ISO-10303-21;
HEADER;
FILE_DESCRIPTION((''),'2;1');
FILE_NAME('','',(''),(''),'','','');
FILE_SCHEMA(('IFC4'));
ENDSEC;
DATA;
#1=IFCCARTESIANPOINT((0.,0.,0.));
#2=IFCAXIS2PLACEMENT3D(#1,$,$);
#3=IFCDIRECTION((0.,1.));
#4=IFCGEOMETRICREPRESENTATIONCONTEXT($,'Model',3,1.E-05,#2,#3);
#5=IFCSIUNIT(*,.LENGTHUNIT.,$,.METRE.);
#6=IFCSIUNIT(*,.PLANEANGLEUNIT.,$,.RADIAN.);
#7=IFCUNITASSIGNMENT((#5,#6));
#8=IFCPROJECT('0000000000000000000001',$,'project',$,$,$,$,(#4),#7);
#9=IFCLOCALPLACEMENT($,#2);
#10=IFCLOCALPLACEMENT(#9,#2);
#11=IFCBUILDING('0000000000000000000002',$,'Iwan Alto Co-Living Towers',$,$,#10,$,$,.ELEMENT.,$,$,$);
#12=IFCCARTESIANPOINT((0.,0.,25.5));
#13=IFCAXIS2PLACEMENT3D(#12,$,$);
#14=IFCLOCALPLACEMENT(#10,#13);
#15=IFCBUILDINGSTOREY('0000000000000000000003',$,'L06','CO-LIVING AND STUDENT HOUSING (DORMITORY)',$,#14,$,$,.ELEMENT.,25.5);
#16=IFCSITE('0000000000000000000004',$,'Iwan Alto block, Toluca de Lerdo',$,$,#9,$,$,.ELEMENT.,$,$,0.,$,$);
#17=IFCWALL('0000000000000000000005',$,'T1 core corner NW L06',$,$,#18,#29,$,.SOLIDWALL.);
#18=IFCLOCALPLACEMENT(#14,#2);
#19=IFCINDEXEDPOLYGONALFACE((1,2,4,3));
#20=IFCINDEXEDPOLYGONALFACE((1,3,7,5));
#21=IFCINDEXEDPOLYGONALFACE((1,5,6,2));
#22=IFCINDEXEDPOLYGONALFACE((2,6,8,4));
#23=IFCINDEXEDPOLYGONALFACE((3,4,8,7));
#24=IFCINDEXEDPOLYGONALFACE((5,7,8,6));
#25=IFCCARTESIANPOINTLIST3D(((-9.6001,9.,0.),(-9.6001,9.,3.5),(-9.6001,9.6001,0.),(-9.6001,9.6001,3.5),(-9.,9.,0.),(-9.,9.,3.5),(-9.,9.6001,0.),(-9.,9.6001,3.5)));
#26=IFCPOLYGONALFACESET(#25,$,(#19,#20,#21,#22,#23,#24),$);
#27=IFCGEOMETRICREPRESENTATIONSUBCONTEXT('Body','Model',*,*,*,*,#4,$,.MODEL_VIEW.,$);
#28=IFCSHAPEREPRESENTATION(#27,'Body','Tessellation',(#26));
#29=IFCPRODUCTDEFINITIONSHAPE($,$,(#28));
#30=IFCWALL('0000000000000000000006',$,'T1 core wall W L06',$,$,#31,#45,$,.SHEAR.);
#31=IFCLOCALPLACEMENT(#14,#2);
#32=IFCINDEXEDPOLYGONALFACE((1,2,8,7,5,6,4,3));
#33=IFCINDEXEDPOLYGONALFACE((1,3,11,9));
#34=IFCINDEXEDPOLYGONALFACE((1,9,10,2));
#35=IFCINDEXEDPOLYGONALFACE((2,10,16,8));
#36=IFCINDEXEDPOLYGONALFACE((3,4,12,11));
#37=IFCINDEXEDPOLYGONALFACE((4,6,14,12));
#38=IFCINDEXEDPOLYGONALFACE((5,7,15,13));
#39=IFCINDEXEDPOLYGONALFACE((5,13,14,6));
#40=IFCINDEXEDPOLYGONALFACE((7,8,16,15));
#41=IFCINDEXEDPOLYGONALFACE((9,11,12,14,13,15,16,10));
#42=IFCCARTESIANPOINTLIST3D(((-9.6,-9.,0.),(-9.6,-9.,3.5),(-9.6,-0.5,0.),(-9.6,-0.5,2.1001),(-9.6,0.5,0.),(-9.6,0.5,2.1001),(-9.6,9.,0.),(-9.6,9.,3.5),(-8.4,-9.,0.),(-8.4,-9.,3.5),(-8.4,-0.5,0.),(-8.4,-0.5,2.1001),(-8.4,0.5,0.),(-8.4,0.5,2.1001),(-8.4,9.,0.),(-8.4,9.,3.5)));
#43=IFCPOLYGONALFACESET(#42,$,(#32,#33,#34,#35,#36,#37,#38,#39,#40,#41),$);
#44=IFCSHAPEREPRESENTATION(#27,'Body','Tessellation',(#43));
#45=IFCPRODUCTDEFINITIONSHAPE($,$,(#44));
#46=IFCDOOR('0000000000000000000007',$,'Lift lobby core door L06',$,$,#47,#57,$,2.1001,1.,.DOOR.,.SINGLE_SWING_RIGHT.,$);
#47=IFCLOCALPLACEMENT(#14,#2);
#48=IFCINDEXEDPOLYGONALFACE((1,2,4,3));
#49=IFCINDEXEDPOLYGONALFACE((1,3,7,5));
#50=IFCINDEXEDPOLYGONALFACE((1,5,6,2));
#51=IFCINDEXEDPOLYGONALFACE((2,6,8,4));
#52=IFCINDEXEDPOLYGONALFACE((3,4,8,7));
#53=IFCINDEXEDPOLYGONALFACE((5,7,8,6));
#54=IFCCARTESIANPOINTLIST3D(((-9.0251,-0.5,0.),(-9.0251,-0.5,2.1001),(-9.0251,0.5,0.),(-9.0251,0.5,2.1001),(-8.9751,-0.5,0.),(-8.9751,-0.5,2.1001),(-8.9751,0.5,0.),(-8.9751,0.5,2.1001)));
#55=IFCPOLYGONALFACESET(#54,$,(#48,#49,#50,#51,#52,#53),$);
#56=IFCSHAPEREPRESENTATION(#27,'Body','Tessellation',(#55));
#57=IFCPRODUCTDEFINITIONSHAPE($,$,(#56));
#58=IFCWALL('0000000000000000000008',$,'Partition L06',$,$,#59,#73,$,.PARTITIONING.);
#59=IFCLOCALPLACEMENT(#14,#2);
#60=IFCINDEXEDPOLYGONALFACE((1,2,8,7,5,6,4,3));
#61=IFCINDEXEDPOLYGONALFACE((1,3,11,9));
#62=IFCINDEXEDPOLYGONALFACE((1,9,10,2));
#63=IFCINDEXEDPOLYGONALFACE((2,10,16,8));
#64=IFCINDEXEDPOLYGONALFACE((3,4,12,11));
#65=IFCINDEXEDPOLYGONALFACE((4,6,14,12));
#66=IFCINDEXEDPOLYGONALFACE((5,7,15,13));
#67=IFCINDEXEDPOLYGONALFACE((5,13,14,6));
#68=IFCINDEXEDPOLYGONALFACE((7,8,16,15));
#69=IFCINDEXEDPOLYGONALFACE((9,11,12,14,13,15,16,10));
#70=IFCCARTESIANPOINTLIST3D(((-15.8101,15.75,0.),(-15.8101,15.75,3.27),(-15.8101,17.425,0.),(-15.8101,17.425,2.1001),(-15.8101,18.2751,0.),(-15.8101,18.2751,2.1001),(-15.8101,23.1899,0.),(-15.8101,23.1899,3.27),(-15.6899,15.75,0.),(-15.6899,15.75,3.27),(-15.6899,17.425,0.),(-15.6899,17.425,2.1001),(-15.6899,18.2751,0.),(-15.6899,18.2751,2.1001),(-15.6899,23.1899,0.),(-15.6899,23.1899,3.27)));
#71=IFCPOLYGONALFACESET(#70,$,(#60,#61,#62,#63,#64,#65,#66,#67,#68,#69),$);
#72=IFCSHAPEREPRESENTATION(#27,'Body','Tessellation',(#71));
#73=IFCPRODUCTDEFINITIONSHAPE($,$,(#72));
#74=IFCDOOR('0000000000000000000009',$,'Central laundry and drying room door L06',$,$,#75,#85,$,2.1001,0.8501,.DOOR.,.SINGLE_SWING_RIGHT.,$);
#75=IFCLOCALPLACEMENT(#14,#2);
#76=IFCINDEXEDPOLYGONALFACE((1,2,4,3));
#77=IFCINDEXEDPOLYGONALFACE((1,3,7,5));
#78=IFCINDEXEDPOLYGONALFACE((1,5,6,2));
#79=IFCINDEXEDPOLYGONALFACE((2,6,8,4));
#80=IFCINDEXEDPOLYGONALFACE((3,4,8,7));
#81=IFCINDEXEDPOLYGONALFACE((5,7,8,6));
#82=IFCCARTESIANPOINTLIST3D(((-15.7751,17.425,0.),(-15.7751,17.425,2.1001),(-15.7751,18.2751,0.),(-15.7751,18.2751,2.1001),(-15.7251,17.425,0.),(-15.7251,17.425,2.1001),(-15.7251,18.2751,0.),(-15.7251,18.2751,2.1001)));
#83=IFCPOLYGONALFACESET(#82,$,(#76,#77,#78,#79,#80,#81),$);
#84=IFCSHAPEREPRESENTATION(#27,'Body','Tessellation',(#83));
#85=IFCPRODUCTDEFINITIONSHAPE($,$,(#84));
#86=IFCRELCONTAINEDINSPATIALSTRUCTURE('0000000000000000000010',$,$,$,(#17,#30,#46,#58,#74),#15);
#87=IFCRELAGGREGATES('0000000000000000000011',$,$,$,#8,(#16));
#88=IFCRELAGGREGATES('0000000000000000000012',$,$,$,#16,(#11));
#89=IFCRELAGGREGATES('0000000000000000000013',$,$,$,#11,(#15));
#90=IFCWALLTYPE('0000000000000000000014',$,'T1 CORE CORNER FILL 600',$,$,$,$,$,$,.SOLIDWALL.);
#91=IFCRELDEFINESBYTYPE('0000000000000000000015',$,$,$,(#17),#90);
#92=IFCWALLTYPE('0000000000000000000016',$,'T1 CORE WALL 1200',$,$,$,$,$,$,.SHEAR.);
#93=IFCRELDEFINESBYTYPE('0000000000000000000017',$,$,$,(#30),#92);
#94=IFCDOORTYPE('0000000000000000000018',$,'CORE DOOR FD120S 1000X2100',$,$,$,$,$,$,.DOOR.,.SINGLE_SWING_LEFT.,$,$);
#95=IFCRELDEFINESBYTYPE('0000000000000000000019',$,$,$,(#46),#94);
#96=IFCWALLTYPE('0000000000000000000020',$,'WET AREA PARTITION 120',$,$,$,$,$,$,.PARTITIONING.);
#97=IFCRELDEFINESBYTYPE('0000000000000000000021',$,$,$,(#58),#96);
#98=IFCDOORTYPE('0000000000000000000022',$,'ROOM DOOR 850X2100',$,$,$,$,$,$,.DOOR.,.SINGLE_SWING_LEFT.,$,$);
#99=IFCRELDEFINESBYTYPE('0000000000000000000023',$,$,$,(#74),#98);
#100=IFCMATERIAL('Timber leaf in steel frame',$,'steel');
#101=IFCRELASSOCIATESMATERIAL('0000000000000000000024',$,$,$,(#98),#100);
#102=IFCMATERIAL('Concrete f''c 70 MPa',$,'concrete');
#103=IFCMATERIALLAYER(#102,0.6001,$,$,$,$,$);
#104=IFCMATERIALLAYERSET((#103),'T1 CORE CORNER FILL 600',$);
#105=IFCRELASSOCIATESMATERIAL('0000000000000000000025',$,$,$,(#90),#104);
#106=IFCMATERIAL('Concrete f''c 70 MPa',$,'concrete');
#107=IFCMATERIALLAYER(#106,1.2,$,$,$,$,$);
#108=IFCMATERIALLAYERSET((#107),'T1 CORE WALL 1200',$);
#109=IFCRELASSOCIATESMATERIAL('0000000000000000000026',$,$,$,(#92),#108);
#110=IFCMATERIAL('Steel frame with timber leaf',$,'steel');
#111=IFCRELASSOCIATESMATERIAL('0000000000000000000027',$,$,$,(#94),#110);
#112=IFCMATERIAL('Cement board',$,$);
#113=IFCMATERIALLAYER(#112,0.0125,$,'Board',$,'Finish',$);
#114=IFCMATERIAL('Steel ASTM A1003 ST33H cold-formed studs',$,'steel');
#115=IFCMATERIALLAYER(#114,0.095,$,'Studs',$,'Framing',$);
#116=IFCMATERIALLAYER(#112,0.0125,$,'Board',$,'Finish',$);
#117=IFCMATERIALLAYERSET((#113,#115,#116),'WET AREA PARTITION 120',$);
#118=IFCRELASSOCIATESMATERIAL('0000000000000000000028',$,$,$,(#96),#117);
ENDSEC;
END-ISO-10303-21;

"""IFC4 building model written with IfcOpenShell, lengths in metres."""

from ifc_helpers import new_model, si_unit, direction, frame, frame_2d, origin, place, context, subcontext, project, spatial, rectangle, extrude, material, layer, layer_set, type_object, element, fill, save


model = new_model("IFC4")

# Units and contexts
model_context = context("Model", 3, precision=1e-05, world=origin(), true_north=direction((0.0, 1.0)))
body_context = subcontext(model_context, "Body", "Model", "MODEL_VIEW")
ifc_project = project(units=[si_unit("LENGTHUNIT", "METRE"), si_unit("PLANEANGLEUNIT", "RADIAN")], contexts=[model_context])

# Site, building, storey
site_placement = place(None, origin())
site = spatial("IfcSite", under=ifc_project, at=site_placement, Name="Iwan Alto block, Toluca de Lerdo", CompositionType="ELEMENT", RefElevation=0.0)
building_placement = place(site_placement, origin())
building = spatial("IfcBuilding", under=site, at=building_placement, Name="Iwan Alto Co-Living Towers", CompositionType="ELEMENT")
storey_placement = place(building_placement, frame((0.0, 0.0, 25.5)))
storey = spatial("IfcBuildingStorey", under=building, at=storey_placement, Name="L06", Description="CO-LIVING AND STUDENT HOUSING (DORMITORY)", CompositionType="ELEMENT", Elevation=25.5)

# Shared definitions
ifc_material_1 = material(Name="Steel ASTM A1003 ST33H cold-formed studs", Category="steel")

# Shared definitions
ifc_material_2 = material(Name="Timber leaf in steel frame", Category="steel")
door_type_1 = type_object("IfcDoorType", Name="ROOM DOOR 850X2100", OperationType="SINGLE_SWING_LEFT", PredefinedType="DOOR", material=ifc_material_2)

# Wall
ifc_material_3 = material(Name="Concrete f'c 70 MPa", Category="concrete")
ifc_layer_1 = layer(ifc_material_3, 0.6001)
ifc_layer_set_1 = layer_set([ifc_layer_1], Name="T1 CORE CORNER FILL 600")
wall_type_1 = type_object("IfcWallType", Name="T1 CORE CORNER FILL 600", PredefinedType="SOLIDWALL", material=ifc_layer_set_1)
wall_1_placement = place(storey_placement, frame((-9.6001, 9.3, 0.0), z_axis=(0.0, 0.0, 1.0), x_axis=(1.0, 0.0, 0.0)))
element("IfcWall", 1, at=wall_1_placement, inside=storey, type_object=wall_type_1, Name="T1 core corner NW L06", PredefinedType="SOLIDWALL", context=body_context, shape_type="SweptSolid", body=[
    extrude(rectangle(XDim=0.6001, YDim=0.6001, at=frame_2d((0.3, 0.0))), origin(), (0.0, 0.0, 1.0), 3.5),
])

# Walls, openings, doors
ifc_material_4 = material(Name="Concrete f'c 70 MPa", Category="concrete")
ifc_layer_2 = layer(ifc_material_4, 1.2)
ifc_layer_set_2 = layer_set([ifc_layer_2], Name="T1 CORE WALL 1200")
wall_type_2 = type_object("IfcWallType", Name="T1 CORE WALL 1200", PredefinedType="SHEAR", material=ifc_layer_set_2)
wall_2_placement = place(storey_placement, frame((-9.0, 9.0, 0.0), z_axis=(0.0, 0.0, 1.0), x_axis=(0.0, -1.0, 0.0)))
wall_2 = element("IfcWall", 2, at=wall_2_placement, inside=storey, type_object=wall_type_2, Name="T1 core wall W L06", PredefinedType="SHEAR", context=body_context, shape_type="SweptSolid", body=[
    extrude(rectangle(XDim=18.0, YDim=1.2, at=frame_2d((9.0, 0.0))), origin(), (0.0, 0.0, 1.0), 3.5),
])
opening_1_placement = place(wall_2_placement, frame((8.5, 0.0, 0.0)))
opening_1 = element("IfcOpeningElement", 3, at=opening_1_placement, cuts=wall_2, PredefinedType="OPENING", context=body_context, shape_type="SweptSolid", body=[
    extrude(rectangle(XDim=1.0, YDim=2.1001, at=frame_2d((0.5, 1.05))), frame((0.0, 0.6099, 0.0), z_axis=(0.0, -1.0, 0.0), x_axis=(1.0, 0.0, 0.0)), (0.0, 0.0, 1.0), 1.22),
])
ifc_material_5 = material(Name="Steel frame with timber leaf", Category="steel")
door_type_2 = type_object("IfcDoorType", Name="CORE DOOR FD120S 1000X2100", OperationType="SINGLE_SWING_LEFT", PredefinedType="DOOR", material=ifc_material_5)
door_1_placement = place(opening_1_placement, origin())
door_1 = element("IfcDoor", 4, at=door_1_placement, inside=storey, type_object=door_type_2, Name="Lift lobby core door L06", OperationType="SINGLE_SWING_RIGHT", OverallHeight=2.1001, OverallWidth=1.0, PredefinedType="DOOR", context=body_context, shape_type="SweptSolid", body=[
    extrude(rectangle(XDim=1.0, YDim=2.1001, at=frame_2d((0.5, 1.05))), frame((0.0, 0.0249, 0.0), z_axis=(0.0, -1.0, 0.0), x_axis=(1.0, 0.0, 0.0)), (0.0, 0.0, 1.0), 0.05),
])
fill(opening_1, door_1)
ifc_material_6 = material(Name="Cement board")
ifc_layer_3 = layer(ifc_material_6, 0.0125, Name="Board", Category="Finish")
ifc_layer_4 = layer(ifc_material_1, 0.095, Name="Studs", Category="Framing")
ifc_layer_5 = layer(ifc_material_6, 0.0125, Name="Board", Category="Finish")
ifc_layer_set_3 = layer_set([ifc_layer_3, ifc_layer_4, ifc_layer_5], Name="WET AREA PARTITION 120")
wall_type_3 = type_object("IfcWallType", Name="WET AREA PARTITION 120", PredefinedType="PARTITIONING", material=ifc_layer_set_3)
wall_3_placement = place(storey_placement, frame((-15.75, 15.75, 0.0), z_axis=(0.0, 0.0, 1.0), x_axis=(0.0, 1.0, 0.0)))
wall_3 = element("IfcWall", 5, at=wall_3_placement, inside=storey, type_object=wall_type_3, Name="Partition L06", PredefinedType="PARTITIONING", context=body_context, shape_type="SweptSolid", body=[
    extrude(rectangle(XDim=7.4399, YDim=0.1201, at=frame_2d((3.72, 0.0))), origin(), (0.0, 0.0, 1.0), 3.27),
])
opening_2_placement = place(wall_3_placement, frame((1.675, 0.0, 0.0)))
opening_2 = element("IfcOpeningElement", 6, at=opening_2_placement, cuts=wall_3, PredefinedType="OPENING", context=body_context, shape_type="SweptSolid", body=[
    extrude(rectangle(XDim=0.8501, YDim=2.1001, at=frame_2d((0.425, 1.05))), frame((0.0, 0.0701, 0.0), z_axis=(0.0, -1.0, 0.0), x_axis=(1.0, 0.0, 0.0)), (0.0, 0.0, 1.0), 0.1401),
])
door_2_placement = place(opening_2_placement, frame((0.8501, 0.0, 0.0), z_axis=(0.0, 0.0, 1.0), x_axis=(-1.0, 0.0, 0.0)))
door_2 = element("IfcDoor", 7, at=door_2_placement, inside=storey, type_object=door_type_1, Name="Central laundry and drying room door L06", OperationType="SINGLE_SWING_RIGHT", OverallHeight=2.1001, OverallWidth=0.8501, PredefinedType="DOOR", context=body_context, shape_type="SweptSolid", body=[
    extrude(rectangle(XDim=0.8501, YDim=2.1001, at=frame_2d((0.425, 1.05))), frame((0.0, 0.0249, 0.0), z_axis=(0.0, -1.0, 0.0), x_axis=(1.0, 0.0, 0.0)), (0.0, 0.0, 1.0), 0.05),
])
fill(opening_2, door_2)

save(model, "model.ifc")
